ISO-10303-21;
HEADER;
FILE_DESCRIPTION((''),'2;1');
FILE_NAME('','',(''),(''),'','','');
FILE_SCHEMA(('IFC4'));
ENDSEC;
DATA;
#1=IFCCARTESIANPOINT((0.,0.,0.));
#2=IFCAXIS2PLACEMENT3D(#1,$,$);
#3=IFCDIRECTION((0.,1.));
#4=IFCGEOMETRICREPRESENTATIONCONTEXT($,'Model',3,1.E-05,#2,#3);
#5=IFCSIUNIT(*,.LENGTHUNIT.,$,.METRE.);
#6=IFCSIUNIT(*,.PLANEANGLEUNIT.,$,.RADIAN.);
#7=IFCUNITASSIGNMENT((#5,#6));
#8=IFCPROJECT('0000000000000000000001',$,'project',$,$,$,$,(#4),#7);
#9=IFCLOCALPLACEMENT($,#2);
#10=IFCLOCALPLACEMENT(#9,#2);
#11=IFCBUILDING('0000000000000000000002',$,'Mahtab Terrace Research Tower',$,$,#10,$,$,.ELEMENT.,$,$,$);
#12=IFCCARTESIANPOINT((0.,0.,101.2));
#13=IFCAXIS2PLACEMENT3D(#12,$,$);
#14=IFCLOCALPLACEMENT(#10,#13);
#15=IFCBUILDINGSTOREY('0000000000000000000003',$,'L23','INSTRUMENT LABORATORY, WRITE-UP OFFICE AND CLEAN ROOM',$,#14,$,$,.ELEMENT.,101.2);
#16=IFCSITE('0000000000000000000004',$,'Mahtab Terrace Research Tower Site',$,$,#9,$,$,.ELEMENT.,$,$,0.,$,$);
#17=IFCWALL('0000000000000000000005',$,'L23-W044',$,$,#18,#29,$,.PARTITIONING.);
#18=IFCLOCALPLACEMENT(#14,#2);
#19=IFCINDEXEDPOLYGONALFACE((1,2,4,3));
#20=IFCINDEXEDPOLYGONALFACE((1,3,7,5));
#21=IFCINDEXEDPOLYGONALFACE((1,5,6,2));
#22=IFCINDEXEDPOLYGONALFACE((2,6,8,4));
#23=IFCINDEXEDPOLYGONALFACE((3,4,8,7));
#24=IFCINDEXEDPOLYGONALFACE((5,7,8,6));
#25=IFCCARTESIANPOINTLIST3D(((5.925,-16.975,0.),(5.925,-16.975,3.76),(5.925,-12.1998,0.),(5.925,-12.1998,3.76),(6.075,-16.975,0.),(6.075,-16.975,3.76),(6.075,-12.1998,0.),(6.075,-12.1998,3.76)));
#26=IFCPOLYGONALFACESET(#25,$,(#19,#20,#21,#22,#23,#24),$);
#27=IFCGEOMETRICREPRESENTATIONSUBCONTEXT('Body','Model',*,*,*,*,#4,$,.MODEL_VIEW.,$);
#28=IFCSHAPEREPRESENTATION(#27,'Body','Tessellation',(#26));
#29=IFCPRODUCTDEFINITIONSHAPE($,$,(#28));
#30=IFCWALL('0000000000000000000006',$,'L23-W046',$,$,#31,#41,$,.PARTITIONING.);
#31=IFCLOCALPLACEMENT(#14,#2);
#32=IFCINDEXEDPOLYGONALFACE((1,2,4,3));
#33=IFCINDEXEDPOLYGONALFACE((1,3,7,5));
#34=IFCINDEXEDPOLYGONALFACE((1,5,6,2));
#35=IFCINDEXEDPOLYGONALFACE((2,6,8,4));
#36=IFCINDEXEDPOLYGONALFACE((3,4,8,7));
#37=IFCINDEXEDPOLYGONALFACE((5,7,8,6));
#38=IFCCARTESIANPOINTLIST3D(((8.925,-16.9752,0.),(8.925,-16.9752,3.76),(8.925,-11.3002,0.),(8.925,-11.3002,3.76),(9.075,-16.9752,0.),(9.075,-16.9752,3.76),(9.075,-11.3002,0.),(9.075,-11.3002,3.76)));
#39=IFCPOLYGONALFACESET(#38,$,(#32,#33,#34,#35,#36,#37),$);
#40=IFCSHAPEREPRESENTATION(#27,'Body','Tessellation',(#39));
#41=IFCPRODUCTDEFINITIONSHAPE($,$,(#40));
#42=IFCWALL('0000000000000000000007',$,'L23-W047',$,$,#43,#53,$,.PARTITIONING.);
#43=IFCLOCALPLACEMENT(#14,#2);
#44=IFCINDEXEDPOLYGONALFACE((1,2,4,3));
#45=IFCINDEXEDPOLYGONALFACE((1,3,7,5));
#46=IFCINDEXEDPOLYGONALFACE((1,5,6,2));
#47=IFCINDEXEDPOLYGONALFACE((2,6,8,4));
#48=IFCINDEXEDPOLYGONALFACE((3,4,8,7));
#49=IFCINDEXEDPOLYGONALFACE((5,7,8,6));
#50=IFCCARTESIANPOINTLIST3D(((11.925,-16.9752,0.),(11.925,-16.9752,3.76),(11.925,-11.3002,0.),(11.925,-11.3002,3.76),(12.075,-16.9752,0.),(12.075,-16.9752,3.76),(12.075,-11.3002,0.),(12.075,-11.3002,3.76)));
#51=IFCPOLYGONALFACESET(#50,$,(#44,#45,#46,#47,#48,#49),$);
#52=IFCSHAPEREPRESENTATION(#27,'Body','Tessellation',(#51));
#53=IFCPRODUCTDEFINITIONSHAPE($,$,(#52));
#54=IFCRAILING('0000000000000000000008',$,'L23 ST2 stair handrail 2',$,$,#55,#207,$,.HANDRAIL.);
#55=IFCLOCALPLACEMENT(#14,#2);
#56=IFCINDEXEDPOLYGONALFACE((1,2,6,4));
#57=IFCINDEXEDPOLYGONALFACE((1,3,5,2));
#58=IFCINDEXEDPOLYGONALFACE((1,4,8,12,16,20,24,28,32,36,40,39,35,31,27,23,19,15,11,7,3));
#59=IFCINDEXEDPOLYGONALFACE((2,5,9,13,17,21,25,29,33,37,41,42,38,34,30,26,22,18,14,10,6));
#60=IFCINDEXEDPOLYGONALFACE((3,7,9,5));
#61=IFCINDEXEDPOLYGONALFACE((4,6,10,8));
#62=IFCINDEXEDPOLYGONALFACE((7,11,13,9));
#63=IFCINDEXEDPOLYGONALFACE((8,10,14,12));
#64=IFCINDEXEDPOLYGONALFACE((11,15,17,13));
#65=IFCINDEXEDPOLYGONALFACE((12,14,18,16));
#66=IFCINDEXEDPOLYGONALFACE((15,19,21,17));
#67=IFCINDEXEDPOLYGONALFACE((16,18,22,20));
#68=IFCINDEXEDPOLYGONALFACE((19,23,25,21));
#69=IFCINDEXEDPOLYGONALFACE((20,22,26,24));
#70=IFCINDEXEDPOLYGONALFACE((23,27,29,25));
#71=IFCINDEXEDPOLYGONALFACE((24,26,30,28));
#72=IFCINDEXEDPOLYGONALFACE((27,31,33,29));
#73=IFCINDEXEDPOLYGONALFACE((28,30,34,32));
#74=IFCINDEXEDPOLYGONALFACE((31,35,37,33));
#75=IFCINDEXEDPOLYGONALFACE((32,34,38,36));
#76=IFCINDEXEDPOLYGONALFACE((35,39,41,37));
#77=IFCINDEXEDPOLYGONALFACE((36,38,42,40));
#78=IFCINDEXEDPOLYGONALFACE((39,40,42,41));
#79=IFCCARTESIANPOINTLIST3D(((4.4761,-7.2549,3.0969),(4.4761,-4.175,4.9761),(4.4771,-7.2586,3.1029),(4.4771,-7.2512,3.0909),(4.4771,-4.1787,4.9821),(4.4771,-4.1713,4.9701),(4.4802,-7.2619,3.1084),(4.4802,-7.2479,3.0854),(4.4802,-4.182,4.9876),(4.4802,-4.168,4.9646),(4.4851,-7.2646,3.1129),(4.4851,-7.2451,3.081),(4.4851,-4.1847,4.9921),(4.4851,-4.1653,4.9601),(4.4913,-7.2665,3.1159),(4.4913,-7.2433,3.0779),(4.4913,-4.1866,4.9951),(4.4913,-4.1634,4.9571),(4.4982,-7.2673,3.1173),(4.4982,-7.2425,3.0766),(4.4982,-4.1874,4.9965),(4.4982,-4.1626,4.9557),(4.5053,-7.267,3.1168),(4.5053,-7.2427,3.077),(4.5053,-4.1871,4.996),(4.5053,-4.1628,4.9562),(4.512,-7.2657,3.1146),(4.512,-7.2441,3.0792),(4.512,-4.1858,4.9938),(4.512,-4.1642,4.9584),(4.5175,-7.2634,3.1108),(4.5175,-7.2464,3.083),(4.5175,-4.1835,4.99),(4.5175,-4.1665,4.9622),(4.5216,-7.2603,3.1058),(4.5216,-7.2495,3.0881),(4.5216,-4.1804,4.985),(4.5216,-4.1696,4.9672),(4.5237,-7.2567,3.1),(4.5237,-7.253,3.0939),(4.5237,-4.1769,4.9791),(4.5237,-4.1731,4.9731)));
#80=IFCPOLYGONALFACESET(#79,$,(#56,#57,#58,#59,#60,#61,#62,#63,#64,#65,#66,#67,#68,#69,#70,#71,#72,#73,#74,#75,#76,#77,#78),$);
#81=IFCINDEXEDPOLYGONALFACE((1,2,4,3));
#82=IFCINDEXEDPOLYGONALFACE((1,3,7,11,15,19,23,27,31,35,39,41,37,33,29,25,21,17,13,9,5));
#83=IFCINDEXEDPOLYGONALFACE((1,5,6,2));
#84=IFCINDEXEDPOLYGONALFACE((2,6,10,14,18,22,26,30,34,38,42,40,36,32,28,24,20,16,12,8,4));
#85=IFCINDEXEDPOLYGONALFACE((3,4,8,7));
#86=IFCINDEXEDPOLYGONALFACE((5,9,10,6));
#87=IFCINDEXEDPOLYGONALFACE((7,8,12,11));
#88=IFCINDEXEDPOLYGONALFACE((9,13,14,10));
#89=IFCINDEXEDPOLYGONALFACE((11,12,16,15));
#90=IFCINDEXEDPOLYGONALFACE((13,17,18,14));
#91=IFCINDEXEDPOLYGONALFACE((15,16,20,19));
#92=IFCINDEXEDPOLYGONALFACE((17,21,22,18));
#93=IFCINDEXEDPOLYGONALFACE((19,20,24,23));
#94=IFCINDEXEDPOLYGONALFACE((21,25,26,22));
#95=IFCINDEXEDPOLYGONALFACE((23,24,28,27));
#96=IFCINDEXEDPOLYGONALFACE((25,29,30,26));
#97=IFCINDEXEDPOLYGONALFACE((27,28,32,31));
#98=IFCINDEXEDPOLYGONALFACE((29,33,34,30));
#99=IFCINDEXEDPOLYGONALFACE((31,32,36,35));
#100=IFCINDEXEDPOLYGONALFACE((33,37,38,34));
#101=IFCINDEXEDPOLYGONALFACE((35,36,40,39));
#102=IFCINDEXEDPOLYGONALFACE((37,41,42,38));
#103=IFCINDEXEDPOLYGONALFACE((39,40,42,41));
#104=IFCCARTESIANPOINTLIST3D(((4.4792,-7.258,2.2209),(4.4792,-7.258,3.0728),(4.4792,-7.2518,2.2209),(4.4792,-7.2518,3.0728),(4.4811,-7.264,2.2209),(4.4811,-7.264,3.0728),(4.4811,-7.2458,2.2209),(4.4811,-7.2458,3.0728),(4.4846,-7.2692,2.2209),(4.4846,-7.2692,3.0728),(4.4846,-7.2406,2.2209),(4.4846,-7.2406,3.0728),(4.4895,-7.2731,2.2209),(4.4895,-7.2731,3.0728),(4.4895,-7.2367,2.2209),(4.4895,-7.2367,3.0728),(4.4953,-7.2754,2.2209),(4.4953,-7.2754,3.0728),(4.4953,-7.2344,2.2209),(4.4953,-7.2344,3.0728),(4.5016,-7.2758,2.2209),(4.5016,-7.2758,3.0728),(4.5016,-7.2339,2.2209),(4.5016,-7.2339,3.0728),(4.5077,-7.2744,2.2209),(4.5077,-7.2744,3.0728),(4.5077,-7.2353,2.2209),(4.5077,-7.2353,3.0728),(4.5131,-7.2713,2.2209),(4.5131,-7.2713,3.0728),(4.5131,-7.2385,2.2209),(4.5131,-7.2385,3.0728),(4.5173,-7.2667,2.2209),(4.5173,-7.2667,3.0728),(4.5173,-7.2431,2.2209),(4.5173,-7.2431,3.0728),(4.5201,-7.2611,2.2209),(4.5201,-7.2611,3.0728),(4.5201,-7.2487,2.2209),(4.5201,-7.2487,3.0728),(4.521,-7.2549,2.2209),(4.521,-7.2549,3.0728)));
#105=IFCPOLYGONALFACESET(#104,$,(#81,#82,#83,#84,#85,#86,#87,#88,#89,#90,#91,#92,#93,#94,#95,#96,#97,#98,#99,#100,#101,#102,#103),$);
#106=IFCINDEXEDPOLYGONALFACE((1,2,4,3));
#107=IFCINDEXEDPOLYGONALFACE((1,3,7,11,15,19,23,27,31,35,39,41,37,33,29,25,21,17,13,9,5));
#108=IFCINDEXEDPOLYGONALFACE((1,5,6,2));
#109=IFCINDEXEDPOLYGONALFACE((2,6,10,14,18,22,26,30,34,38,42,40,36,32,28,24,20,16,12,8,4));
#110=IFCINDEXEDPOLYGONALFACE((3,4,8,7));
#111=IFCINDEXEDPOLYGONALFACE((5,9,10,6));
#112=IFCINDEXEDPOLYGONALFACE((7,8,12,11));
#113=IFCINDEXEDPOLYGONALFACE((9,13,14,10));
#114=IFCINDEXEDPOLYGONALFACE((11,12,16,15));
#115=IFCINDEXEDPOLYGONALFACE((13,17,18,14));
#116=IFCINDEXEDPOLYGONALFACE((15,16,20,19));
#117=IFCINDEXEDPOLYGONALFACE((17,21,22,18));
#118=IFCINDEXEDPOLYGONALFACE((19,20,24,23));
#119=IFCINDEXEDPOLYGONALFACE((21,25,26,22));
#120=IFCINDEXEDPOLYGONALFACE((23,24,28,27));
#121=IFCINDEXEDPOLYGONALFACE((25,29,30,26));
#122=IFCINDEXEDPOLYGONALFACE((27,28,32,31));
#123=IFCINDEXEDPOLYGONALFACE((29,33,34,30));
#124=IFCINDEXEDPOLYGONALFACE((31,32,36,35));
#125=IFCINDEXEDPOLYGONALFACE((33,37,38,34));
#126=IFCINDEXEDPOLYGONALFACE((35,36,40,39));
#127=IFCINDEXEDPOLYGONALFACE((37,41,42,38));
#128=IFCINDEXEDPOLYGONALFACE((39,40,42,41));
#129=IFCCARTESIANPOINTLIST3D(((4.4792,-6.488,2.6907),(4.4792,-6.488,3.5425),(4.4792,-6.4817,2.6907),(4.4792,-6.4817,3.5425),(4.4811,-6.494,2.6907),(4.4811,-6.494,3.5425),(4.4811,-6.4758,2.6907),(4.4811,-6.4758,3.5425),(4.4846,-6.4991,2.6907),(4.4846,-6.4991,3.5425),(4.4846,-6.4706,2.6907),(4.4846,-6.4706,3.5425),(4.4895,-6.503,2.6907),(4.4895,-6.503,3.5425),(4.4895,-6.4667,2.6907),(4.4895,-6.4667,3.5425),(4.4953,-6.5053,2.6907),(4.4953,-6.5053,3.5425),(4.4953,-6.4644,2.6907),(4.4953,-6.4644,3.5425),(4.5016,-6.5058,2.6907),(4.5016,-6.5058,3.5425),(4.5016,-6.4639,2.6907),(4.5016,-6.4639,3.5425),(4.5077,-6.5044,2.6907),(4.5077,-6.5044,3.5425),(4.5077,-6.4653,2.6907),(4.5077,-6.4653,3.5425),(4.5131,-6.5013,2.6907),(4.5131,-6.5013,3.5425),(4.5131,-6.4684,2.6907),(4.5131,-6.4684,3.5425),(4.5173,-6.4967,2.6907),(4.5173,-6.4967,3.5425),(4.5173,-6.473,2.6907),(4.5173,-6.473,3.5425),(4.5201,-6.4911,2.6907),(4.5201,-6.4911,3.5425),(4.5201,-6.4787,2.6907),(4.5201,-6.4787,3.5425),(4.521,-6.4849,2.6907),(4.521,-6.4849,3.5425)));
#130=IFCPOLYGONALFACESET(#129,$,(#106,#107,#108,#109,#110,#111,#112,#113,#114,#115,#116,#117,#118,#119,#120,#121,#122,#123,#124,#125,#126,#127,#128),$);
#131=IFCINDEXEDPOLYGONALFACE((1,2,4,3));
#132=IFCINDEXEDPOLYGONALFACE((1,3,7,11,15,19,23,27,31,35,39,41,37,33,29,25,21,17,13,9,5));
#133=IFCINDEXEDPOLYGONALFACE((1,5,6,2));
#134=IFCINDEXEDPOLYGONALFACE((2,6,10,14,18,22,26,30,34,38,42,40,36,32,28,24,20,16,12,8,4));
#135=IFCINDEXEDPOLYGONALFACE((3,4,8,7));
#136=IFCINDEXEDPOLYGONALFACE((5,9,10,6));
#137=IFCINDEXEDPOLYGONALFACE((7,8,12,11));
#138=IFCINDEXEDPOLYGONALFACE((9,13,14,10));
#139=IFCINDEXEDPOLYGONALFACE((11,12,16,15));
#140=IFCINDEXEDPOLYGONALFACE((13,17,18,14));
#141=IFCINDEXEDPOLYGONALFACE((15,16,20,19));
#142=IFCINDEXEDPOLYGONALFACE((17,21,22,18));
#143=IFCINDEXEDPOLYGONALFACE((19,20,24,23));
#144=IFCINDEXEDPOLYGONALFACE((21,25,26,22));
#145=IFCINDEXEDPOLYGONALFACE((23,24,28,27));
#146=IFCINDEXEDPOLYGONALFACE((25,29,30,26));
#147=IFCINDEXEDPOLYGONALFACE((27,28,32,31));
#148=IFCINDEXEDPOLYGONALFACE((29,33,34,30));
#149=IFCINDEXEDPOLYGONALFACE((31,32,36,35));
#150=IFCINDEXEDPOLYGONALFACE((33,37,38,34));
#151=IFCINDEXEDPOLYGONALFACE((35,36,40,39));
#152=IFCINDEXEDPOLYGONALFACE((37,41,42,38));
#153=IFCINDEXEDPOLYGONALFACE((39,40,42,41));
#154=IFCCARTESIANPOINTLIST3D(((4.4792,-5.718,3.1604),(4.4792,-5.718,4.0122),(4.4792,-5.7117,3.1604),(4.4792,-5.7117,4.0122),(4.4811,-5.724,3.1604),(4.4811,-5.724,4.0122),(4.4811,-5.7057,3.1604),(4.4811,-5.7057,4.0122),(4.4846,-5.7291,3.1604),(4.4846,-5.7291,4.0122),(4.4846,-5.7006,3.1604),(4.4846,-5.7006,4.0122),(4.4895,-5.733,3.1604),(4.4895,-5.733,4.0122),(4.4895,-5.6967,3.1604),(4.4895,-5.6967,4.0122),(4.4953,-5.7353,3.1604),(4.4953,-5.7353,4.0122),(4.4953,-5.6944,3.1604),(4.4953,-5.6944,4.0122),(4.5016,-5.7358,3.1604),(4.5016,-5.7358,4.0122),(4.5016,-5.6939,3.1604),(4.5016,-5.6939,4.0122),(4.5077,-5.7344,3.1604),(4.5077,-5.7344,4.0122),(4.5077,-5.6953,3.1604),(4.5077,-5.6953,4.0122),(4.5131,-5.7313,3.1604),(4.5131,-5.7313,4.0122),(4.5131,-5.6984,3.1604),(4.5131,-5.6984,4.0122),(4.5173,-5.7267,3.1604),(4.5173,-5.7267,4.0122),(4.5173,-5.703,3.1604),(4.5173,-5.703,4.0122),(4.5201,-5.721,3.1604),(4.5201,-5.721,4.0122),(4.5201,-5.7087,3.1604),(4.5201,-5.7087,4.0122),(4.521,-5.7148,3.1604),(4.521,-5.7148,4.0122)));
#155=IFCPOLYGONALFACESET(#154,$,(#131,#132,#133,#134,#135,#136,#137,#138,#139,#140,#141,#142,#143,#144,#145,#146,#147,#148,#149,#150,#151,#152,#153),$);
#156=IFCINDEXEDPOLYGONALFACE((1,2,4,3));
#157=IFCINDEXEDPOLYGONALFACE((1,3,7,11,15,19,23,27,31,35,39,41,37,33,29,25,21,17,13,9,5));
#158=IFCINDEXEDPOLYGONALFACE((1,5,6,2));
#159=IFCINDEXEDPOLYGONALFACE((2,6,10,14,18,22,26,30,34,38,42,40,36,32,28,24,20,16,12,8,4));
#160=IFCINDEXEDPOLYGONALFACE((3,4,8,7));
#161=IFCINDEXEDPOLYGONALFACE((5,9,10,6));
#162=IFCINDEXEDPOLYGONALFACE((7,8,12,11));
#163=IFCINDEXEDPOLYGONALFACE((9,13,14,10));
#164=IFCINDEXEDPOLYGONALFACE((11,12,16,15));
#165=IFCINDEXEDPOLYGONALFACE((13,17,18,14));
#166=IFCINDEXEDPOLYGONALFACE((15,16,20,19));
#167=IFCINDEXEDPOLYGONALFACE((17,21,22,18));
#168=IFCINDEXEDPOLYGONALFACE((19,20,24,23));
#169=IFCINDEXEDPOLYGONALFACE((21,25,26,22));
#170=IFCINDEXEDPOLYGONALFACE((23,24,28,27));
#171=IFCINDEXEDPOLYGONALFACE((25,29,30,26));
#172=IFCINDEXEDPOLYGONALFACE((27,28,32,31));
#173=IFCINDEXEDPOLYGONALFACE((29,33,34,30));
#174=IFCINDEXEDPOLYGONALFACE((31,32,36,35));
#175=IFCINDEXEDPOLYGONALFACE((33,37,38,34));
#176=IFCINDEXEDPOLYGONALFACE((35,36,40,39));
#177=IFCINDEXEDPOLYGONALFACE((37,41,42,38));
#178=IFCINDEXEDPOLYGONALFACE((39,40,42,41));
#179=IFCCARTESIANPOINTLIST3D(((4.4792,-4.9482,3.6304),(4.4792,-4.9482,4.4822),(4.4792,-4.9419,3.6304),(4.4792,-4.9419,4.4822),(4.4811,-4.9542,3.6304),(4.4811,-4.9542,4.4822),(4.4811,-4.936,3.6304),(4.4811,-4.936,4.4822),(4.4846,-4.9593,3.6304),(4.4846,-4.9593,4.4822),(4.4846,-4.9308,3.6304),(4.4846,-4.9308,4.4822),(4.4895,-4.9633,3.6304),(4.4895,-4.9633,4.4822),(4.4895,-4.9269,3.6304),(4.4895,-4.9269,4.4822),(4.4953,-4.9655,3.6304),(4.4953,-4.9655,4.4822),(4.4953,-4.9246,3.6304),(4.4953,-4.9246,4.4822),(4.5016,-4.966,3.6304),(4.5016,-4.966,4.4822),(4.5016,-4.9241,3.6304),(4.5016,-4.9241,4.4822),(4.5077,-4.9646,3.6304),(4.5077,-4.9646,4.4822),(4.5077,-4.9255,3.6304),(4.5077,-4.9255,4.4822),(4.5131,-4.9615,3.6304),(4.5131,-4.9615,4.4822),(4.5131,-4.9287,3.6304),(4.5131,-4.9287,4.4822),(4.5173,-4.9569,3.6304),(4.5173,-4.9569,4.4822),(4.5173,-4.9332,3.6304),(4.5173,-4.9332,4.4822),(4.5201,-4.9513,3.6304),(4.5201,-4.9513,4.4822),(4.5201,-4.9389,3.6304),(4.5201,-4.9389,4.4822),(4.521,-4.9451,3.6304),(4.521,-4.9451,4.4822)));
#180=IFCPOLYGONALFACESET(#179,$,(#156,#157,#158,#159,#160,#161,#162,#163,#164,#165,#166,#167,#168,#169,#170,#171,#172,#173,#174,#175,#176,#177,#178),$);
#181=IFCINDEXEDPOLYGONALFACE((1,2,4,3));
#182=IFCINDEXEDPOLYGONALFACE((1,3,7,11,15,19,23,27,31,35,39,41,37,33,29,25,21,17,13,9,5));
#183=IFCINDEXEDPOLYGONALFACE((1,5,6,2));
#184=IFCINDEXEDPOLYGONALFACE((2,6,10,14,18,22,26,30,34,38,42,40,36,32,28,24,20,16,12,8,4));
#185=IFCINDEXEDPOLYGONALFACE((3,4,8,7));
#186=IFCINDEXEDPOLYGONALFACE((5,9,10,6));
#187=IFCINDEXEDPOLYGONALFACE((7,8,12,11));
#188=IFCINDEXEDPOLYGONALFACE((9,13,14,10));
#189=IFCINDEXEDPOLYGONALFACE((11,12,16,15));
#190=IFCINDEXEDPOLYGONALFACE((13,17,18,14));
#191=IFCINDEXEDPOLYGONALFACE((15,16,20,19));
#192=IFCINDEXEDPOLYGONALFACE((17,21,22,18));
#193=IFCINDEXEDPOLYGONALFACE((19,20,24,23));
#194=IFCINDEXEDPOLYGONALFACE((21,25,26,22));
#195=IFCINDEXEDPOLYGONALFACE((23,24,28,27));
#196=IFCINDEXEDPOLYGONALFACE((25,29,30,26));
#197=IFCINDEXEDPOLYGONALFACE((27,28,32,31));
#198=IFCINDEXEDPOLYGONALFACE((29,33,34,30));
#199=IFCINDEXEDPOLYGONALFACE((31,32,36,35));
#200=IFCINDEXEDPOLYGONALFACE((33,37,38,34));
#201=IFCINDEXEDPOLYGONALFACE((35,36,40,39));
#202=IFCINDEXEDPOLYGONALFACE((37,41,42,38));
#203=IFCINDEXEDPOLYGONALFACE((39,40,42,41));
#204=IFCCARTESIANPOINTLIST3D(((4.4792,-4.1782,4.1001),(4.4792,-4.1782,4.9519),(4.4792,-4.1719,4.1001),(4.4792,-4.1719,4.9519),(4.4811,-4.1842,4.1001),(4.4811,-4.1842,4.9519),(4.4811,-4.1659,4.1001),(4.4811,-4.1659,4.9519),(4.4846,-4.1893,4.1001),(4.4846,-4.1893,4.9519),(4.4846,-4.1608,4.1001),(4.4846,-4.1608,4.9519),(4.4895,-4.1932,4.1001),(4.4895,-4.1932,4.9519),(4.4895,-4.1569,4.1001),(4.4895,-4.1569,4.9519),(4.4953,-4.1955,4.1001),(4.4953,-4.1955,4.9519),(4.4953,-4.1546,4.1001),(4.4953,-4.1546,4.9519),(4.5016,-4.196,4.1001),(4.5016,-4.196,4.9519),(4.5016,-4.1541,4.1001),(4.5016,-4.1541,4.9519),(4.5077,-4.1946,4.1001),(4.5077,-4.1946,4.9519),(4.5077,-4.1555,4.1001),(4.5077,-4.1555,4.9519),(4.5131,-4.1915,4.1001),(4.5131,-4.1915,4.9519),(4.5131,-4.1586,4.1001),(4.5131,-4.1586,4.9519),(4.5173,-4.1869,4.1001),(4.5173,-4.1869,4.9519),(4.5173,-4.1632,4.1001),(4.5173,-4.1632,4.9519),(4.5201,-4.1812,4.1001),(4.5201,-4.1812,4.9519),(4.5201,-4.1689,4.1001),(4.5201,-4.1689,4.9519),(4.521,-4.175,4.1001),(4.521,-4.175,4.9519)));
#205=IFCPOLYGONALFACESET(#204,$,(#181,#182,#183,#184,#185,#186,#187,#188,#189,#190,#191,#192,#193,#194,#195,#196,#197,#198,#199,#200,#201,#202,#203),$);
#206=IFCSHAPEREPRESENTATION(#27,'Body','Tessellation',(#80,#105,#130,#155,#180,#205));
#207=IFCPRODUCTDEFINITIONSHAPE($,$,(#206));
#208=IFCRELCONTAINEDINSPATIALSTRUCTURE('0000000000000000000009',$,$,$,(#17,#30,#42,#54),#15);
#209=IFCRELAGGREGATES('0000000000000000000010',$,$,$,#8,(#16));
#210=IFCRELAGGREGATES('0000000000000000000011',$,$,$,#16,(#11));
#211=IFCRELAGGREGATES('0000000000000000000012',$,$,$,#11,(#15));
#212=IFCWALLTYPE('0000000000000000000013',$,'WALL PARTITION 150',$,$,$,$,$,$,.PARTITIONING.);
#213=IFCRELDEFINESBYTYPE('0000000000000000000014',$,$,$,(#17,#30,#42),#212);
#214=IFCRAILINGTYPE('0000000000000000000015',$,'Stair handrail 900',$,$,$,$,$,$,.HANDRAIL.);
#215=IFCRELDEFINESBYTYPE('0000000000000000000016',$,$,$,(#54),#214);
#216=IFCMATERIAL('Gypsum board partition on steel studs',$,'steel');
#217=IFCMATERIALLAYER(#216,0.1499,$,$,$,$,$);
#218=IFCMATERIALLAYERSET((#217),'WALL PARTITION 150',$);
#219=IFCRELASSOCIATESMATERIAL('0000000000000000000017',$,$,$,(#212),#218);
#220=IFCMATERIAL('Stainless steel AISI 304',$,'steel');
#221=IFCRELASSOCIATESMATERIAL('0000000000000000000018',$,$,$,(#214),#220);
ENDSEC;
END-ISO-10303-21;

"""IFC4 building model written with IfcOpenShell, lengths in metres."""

from ifc_helpers import new_model, si_unit, direction, frame, frame_2d, origin, origin_2d, place, context, subcontext, project, spatial, rectangle, circle, extrude, material, layer, layer_set, type_object, element, save


model = new_model("IFC4")

# Units and contexts
model_context = context("Model", 3, precision=1e-05, world=origin(), true_north=direction((0.0, 1.0)))
body_context = subcontext(model_context, "Body", "Model", "MODEL_VIEW")
ifc_project = project(units=[si_unit("LENGTHUNIT", "METRE"), si_unit("PLANEANGLEUNIT", "RADIAN")], contexts=[model_context])

# Site, building, storey
site_placement = place(None, origin())
site = spatial("IfcSite", under=ifc_project, at=site_placement, Name="Mahtab Terrace Research Tower Site", CompositionType="ELEMENT", RefElevation=0.0)
building_placement = place(site_placement, origin())
building = spatial("IfcBuilding", under=site, at=building_placement, Name="Mahtab Terrace Research Tower", CompositionType="ELEMENT")
storey_placement = place(building_placement, frame((0.0, 0.0, 101.2)))
storey = spatial("IfcBuildingStorey", under=building, at=storey_placement, Name="L23", Description="INSTRUMENT LABORATORY, WRITE-UP OFFICE AND CLEAN ROOM", CompositionType="ELEMENT", Elevation=101.2)

# Walls
ifc_material_1 = material(Name="Gypsum board partition on steel studs", Category="steel")
ifc_layer_1 = layer(ifc_material_1, 0.1499)
ifc_layer_set_1 = layer_set([ifc_layer_1], Name="WALL PARTITION 150")
wall_type_1 = type_object("IfcWallType", Name="WALL PARTITION 150", PredefinedType="PARTITIONING", material=ifc_layer_set_1)
wall_1_placement = place(storey_placement, frame((6.0, -16.9751, 0.0), z_axis=(0.0, 0.0, 1.0), x_axis=(0.0, 1.0, 0.0)))
element("IfcWall", 1, at=wall_1_placement, inside=storey, type_object=wall_type_1, Name="L23-W044", PredefinedType="PARTITIONING", context=body_context, shape_type="SweptSolid", body=[
    extrude(rectangle(XDim=4.7751, YDim=0.1499, at=frame_2d((2.3877, 0.0))), origin(), (0.0, 0.0, 1.0), 3.76),
])
for number, where, z_axis, x_axis, name in (
    (2, (9.0, -16.9751, 0.0), (0.0, 0.0, 1.0), (0.0, 1.0, 0.0), "L23-W046"),
    (3, (12.0, -16.9751, 0.0), (0.0, 0.0, 1.0), (0.0, 1.0, 0.0), "L23-W047"),
):
    element("IfcWall", number, at=place(storey_placement, frame(where, z_axis=z_axis, x_axis=x_axis)), inside=storey, type_object=wall_type_1, Name=name, PredefinedType="PARTITIONING", context=body_context, shape_type="SweptSolid", body=[
        extrude(rectangle(XDim=5.675, YDim=0.1499, at=frame_2d((2.8374, 0.0))), origin(), (0.0, 0.0, 1.0), 3.76),
    ])

# Railing
ifc_material_2 = material(Name="Stainless steel AISI 304", Category="steel")
railing_type = type_object("IfcRailingType", Name="Stair handrail 900", PredefinedType="HANDRAIL", material=ifc_material_2)
railing_placement = place(storey_placement, frame((4.5, -7.2549, 2.2209)))
element("IfcRailing", 4, at=railing_placement, inside=storey, type_object=railing_type, Name="L23 ST2 stair handrail 2", PredefinedType="HANDRAIL", context=body_context, shape_type="SweptSolid", body=[
    extrude(circle(Radius=0.0239, at=origin_2d()), frame((0.0, 0.0, 0.876), z_axis=(0.0, 0.853648, 0.52085), x_axis=(-1.0, 0.0, 0.0)), (0.0, 0.0, 1.0), 3.6079),
    extrude(circle(Radius=0.021, at=origin_2d()), origin(), (0.0, 0.0, 1.0), 0.8518),
    extrude(circle(Radius=0.021, at=origin_2d()), frame((0.0, 0.77, 0.4697)), (0.0, 0.0, 1.0), 0.8518),
    extrude(circle(Radius=0.021, at=origin_2d()), frame((0.0, 1.54, 0.9395)), (0.0, 0.0, 1.0), 0.8518),
    extrude(circle(Radius=0.021, at=origin_2d()), frame((0.0, 2.3098, 1.4094)), (0.0, 0.0, 1.0), 0.8518),
    extrude(circle(Radius=0.021, at=origin_2d()), frame((0.0, 3.0798, 1.8792)), (0.0, 0.0, 1.0), 0.8518),
])

save(model, "model.ifc")
